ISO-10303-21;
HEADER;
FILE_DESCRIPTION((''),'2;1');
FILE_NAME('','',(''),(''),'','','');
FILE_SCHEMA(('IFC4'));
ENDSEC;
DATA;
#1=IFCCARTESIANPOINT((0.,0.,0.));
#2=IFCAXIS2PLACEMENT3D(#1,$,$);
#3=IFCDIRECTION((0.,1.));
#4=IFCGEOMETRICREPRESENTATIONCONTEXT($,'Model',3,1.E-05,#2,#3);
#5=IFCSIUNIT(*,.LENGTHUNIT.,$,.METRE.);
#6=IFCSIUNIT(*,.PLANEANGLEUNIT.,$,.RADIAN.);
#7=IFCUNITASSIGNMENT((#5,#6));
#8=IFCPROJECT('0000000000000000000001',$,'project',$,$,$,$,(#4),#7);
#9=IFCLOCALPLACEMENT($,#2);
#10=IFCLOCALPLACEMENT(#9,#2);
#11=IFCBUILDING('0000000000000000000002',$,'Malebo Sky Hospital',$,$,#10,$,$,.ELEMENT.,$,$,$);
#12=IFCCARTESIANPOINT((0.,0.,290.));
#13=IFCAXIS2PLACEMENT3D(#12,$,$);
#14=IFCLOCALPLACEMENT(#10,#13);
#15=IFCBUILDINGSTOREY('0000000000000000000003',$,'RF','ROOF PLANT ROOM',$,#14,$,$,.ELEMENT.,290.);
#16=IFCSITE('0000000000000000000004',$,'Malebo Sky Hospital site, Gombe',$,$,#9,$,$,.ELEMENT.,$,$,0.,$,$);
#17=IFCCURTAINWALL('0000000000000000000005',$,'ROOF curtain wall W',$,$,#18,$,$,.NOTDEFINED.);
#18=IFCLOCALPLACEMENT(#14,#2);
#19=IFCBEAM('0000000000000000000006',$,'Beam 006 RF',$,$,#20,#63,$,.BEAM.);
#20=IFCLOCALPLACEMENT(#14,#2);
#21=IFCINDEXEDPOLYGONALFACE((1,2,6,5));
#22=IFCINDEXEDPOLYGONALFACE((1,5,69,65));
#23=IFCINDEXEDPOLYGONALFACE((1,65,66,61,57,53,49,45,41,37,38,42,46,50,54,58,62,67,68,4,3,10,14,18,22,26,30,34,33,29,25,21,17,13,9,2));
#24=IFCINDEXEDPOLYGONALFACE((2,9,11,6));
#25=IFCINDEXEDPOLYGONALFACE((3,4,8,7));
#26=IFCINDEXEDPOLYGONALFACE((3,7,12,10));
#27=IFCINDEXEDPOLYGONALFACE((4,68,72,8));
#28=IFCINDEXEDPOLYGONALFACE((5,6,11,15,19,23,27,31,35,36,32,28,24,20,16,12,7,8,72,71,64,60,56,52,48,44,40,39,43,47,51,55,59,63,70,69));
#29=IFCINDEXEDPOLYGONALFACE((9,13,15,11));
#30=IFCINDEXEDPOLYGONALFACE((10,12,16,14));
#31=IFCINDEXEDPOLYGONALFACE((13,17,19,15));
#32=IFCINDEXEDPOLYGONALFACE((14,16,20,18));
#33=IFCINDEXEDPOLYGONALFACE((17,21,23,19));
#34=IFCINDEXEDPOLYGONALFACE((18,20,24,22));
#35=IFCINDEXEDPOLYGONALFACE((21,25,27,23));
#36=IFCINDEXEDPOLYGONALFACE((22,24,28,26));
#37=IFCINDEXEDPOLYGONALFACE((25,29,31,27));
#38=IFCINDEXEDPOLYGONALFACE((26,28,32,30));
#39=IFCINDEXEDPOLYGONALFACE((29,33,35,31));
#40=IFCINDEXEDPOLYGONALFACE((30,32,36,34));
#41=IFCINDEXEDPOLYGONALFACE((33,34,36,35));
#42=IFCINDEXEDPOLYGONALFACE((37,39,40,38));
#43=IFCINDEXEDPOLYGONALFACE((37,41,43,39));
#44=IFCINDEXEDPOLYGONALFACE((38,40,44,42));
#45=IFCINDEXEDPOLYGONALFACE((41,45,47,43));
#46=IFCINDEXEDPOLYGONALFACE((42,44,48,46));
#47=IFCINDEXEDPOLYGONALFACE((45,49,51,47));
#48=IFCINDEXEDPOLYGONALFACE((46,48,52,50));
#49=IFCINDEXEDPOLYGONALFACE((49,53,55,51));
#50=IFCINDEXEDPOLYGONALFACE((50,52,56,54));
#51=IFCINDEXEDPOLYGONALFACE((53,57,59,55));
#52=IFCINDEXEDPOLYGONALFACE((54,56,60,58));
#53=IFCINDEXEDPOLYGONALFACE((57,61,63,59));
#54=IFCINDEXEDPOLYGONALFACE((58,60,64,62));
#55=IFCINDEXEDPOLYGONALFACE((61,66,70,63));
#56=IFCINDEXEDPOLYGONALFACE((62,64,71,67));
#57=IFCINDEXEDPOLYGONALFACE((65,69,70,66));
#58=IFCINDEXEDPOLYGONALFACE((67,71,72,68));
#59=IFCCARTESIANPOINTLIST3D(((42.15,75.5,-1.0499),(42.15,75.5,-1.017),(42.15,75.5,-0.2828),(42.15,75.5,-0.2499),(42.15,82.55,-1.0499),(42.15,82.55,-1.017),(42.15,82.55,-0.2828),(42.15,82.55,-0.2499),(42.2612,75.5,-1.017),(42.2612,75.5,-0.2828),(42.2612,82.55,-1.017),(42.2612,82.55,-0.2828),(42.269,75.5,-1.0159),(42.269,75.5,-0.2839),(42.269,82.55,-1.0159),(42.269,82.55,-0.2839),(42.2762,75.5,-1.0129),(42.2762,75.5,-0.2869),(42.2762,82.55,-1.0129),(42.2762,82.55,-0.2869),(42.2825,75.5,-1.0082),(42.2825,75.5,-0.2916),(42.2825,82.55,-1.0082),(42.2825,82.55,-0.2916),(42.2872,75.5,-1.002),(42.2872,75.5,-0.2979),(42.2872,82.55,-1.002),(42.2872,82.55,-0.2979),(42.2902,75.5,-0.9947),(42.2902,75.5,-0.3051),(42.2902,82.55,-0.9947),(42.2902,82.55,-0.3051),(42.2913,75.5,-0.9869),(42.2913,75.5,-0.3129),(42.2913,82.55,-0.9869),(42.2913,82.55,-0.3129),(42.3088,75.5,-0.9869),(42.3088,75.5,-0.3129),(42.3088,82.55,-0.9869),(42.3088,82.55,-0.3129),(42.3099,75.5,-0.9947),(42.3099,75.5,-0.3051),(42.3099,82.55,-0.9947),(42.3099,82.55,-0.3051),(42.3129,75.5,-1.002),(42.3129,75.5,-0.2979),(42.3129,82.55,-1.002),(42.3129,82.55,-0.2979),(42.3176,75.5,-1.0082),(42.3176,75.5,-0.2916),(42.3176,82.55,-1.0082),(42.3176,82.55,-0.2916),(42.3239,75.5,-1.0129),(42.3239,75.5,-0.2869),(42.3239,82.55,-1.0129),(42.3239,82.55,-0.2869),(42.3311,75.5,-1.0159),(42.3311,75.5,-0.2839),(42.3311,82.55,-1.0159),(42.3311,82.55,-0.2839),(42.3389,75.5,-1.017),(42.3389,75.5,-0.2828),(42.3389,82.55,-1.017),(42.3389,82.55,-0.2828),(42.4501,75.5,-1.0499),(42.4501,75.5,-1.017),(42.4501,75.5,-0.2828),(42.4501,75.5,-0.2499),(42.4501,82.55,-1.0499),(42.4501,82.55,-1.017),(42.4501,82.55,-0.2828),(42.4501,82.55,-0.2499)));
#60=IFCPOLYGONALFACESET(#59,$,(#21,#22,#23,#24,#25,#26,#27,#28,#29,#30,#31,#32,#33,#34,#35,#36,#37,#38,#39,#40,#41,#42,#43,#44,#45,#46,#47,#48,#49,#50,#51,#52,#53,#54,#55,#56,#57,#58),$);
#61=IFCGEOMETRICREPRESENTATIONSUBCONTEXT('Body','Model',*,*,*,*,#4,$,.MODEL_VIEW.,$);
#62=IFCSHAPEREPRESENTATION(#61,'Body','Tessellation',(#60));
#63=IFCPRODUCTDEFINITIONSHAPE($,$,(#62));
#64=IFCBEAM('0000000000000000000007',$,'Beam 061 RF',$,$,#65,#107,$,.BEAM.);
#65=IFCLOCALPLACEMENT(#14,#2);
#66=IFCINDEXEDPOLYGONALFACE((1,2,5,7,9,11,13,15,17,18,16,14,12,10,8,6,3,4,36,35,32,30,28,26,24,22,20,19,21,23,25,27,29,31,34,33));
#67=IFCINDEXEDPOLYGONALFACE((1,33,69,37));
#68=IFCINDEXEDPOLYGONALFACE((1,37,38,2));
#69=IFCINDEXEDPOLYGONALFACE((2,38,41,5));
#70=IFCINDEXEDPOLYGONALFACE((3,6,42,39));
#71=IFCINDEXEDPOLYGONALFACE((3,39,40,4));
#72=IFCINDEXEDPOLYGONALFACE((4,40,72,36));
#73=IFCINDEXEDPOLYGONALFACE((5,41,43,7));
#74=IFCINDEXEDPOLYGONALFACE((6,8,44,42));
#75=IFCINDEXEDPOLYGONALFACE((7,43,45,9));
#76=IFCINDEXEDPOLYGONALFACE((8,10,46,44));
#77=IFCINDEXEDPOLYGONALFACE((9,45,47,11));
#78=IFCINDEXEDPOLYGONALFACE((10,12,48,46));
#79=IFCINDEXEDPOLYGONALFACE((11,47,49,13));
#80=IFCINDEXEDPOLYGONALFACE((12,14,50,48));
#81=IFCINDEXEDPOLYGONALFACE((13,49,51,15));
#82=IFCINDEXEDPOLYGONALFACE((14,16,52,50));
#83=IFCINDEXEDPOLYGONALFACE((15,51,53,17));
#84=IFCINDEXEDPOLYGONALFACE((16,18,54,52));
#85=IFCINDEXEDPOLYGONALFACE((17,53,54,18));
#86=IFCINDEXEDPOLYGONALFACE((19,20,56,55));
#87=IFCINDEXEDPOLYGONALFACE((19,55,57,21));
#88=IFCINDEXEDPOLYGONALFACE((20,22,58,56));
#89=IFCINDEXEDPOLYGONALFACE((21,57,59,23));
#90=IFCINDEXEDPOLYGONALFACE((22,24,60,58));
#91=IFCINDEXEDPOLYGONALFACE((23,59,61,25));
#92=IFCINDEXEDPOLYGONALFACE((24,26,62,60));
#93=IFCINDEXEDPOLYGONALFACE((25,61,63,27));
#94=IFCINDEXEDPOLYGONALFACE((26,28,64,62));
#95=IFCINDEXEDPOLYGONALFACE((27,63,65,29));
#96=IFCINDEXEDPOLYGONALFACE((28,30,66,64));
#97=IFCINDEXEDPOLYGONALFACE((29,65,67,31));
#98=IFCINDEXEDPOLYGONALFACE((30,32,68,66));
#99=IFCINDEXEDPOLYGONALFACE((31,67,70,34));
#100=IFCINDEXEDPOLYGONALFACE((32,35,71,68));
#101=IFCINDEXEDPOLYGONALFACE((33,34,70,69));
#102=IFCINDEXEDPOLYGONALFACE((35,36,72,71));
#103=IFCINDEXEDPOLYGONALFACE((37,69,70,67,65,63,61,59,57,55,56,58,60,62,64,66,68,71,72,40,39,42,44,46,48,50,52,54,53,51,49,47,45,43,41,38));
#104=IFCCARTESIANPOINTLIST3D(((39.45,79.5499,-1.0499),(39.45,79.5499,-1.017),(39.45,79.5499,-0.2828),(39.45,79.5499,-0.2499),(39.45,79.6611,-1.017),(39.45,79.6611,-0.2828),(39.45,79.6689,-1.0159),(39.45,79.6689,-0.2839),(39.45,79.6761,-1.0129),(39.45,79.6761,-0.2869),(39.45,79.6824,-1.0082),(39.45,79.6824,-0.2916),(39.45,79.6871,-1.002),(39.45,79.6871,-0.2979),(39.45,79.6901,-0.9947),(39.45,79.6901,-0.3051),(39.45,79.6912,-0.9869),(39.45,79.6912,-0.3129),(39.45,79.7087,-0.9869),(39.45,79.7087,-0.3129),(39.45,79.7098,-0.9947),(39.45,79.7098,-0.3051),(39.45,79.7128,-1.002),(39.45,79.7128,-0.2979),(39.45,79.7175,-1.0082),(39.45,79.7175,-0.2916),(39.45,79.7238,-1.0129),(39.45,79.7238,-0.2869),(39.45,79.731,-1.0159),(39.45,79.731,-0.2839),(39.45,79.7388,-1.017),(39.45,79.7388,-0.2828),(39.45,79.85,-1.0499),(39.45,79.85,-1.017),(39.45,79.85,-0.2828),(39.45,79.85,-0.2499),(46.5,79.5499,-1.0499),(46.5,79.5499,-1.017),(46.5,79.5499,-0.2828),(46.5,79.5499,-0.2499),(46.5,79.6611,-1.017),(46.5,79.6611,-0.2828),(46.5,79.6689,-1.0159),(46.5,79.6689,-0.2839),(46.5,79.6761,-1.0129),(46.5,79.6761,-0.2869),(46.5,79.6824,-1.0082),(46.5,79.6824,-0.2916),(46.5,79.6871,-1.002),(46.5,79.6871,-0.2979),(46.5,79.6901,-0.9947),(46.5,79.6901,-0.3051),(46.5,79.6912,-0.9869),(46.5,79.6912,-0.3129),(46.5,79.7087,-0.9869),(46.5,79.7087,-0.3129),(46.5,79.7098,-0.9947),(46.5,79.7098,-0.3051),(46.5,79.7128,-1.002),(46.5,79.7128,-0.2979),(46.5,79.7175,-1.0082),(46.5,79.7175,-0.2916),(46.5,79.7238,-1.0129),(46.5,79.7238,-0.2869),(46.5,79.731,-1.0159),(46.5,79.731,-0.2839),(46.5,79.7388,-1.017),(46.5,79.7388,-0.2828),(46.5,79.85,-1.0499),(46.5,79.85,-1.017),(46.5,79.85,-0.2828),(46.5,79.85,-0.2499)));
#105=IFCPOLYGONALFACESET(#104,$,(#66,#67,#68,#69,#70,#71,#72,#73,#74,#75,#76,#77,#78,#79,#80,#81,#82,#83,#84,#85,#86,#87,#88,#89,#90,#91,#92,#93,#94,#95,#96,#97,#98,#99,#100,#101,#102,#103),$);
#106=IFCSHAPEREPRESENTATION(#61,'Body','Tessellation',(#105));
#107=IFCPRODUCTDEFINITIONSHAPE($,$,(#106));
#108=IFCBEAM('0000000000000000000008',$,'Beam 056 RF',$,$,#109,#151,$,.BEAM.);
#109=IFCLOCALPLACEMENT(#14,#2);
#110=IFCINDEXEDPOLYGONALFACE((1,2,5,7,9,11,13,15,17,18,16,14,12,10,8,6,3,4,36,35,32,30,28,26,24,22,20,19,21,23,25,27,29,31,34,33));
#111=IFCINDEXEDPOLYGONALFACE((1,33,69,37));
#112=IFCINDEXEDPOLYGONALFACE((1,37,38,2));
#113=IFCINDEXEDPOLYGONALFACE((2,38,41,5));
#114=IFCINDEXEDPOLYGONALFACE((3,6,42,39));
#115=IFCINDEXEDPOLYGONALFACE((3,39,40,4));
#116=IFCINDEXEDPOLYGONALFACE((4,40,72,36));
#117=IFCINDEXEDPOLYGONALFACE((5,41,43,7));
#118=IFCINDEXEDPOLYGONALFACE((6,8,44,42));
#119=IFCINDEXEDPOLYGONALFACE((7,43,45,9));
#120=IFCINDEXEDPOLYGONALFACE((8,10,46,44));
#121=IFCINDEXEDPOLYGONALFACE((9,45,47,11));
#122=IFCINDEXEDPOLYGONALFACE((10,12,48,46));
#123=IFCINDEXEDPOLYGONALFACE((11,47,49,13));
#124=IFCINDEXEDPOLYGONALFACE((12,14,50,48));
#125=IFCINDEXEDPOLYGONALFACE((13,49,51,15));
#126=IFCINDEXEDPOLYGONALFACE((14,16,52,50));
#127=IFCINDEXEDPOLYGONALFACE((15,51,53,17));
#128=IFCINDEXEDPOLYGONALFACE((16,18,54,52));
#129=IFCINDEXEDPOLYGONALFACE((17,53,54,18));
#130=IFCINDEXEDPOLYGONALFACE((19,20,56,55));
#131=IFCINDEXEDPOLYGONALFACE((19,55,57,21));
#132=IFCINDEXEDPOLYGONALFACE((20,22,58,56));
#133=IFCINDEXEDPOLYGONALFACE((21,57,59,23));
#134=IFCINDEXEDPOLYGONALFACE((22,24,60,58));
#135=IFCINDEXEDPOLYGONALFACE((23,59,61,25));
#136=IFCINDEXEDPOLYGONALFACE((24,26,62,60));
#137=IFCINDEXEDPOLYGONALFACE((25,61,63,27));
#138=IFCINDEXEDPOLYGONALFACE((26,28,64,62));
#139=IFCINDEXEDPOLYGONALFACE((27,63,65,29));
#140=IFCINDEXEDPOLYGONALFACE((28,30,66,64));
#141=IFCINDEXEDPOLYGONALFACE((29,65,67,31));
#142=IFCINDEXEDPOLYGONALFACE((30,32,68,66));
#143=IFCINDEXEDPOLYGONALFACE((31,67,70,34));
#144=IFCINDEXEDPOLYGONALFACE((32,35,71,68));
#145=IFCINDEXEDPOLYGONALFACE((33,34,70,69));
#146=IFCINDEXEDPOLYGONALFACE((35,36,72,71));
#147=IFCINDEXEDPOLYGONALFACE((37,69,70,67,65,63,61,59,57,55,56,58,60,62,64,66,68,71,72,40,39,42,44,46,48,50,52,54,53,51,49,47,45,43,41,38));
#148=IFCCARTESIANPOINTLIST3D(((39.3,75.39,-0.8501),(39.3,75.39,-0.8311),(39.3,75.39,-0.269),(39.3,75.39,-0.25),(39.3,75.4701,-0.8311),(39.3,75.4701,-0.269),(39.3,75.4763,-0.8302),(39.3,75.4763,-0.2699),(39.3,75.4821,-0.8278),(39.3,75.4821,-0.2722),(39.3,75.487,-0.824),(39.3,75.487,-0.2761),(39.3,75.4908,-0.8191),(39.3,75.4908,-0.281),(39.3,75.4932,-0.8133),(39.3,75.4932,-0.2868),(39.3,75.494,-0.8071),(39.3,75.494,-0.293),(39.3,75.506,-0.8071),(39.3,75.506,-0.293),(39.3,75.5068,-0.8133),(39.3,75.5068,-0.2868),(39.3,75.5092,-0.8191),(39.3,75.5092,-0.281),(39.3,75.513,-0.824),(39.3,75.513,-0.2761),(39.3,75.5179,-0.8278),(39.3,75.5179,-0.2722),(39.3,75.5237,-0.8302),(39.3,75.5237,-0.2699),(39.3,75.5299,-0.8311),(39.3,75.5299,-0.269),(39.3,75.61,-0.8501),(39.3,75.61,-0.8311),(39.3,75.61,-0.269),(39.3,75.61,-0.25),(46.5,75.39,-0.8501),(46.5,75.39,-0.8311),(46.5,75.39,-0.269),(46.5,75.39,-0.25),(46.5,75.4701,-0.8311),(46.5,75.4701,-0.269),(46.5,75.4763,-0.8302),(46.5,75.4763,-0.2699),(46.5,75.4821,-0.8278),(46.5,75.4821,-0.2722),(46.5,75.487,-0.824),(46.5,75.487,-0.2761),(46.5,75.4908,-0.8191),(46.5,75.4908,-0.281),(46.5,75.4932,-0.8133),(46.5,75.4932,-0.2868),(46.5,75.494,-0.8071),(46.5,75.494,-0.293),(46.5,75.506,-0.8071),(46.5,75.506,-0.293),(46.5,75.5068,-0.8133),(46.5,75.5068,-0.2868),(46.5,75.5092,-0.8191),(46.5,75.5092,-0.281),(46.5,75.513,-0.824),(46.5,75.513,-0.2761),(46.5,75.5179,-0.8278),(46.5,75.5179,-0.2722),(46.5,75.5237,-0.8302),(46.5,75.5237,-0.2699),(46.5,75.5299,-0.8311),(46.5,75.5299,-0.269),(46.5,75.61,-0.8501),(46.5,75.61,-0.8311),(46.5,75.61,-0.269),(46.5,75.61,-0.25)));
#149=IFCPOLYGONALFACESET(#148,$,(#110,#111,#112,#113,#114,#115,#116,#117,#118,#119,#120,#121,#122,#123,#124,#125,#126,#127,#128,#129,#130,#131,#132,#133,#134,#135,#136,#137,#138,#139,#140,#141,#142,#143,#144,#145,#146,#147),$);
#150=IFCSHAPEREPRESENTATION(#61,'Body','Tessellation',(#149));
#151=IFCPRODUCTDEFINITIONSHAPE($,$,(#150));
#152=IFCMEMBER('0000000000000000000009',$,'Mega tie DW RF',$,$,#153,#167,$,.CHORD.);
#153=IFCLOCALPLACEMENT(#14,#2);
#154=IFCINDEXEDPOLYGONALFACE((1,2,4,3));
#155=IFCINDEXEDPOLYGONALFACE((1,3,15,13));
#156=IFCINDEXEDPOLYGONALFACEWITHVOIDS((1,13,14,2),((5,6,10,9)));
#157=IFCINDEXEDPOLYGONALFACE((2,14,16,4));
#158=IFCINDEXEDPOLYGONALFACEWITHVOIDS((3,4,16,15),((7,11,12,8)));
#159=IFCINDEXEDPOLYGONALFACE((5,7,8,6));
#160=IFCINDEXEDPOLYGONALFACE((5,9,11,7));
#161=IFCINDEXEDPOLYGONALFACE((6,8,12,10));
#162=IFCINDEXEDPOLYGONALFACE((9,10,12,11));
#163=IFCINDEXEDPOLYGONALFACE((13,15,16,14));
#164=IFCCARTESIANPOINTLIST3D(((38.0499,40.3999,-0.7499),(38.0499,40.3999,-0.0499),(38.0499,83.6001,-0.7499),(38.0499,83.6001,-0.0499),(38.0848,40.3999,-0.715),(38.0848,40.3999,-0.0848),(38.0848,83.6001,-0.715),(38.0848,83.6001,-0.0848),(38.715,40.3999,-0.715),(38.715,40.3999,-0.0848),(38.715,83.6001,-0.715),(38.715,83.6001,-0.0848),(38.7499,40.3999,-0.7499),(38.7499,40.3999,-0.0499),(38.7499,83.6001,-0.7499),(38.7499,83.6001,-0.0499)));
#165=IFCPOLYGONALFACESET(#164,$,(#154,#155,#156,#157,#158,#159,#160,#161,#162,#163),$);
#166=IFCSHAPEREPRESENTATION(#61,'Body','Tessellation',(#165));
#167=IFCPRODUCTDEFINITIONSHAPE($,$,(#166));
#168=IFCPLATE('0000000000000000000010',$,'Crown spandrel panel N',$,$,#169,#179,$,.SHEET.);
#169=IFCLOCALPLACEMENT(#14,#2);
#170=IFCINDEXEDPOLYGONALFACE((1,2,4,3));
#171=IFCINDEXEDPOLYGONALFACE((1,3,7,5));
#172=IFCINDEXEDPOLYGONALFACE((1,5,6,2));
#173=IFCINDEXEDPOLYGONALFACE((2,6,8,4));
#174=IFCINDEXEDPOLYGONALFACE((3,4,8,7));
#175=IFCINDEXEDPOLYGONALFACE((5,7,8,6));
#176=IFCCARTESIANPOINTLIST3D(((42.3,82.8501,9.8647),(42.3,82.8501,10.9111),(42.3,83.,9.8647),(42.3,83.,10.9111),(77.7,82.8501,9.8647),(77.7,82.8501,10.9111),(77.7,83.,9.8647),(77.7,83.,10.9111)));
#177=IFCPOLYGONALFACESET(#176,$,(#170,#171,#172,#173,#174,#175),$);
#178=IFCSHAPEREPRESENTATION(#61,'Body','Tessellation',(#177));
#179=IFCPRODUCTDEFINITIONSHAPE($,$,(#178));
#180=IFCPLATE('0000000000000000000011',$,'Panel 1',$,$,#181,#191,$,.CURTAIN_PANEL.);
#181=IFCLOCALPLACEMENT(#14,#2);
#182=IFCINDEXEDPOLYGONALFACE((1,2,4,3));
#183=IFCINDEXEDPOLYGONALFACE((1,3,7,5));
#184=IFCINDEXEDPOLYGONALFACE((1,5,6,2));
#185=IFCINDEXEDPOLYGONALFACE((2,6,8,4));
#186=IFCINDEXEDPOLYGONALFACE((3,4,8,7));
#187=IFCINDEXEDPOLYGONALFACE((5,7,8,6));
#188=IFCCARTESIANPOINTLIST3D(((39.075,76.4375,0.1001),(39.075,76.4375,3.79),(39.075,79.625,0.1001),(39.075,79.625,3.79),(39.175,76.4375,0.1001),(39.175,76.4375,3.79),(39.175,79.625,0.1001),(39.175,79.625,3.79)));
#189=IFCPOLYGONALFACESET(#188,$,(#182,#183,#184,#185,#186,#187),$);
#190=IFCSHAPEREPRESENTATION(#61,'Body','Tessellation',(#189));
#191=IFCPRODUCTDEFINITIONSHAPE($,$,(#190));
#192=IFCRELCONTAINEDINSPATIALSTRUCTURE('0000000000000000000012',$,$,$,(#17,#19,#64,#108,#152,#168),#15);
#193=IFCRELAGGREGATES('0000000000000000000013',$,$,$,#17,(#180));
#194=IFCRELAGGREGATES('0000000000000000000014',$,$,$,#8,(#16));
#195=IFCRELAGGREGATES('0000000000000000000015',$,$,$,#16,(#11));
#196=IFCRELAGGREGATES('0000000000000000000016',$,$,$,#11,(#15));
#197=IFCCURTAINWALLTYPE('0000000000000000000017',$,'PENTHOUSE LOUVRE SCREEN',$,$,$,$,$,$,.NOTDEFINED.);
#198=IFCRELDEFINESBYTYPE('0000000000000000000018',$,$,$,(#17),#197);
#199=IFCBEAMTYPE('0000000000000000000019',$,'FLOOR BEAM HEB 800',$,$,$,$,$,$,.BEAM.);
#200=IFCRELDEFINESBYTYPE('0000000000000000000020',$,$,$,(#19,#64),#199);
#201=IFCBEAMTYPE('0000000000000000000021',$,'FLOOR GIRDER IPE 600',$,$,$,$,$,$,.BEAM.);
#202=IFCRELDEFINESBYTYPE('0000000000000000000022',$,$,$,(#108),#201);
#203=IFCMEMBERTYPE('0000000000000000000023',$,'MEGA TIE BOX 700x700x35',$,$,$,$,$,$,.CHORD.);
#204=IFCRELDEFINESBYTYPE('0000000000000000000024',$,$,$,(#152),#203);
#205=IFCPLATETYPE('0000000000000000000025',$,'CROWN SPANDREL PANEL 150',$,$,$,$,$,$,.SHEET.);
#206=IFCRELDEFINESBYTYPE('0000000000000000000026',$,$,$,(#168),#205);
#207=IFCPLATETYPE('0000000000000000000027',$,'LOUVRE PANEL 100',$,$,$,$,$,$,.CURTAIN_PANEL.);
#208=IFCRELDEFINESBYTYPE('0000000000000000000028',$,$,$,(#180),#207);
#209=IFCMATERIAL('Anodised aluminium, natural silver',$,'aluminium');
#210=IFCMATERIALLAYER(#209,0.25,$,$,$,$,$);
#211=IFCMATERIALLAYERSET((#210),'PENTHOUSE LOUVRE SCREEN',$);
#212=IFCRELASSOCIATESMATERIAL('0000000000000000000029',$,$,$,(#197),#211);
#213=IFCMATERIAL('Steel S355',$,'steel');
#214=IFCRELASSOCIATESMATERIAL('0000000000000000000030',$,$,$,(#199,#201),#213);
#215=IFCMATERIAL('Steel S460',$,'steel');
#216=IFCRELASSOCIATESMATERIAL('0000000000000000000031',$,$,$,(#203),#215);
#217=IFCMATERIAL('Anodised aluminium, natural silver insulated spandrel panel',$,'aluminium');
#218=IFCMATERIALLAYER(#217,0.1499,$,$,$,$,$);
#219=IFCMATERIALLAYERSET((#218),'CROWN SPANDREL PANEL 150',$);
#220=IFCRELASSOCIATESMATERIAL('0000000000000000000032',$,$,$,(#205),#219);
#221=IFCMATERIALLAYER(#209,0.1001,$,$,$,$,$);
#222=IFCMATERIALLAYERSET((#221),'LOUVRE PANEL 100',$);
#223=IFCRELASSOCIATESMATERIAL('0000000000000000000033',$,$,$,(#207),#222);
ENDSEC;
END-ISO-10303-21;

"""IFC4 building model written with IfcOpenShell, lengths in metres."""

from ifc_helpers import new_model, si_unit, direction, frame, origin, origin_2d, place, context, subcontext, project, spatial, polyline, rectangle, hollow_rectangle, i_section, outline, extrude, material, layer, layer_set, material_profile, profile_set, type_object, element, aggregate, save


model = new_model("IFC4")

# Units and contexts
model_context = context("Model", 3, precision=1e-05, world=origin(), true_north=direction((0.0, 1.0)))
body_context = subcontext(model_context, "Body", "Model", "MODEL_VIEW")
ifc_project = project(units=[si_unit("LENGTHUNIT", "METRE"), si_unit("PLANEANGLEUNIT", "RADIAN")], contexts=[model_context])

# Site, building, storey
site_placement = place(None, origin())
site = spatial("IfcSite", under=ifc_project, at=site_placement, Name="Malebo Sky Hospital site, Gombe", CompositionType="ELEMENT", RefElevation=0.0)
building_placement = place(site_placement, origin())
building = spatial("IfcBuilding", under=site, at=building_placement, Name="Malebo Sky Hospital", CompositionType="ELEMENT")
storey_placement = place(building_placement, frame((0.0, 0.0, 290.0)))
storey = spatial("IfcBuildingStorey", under=building, at=storey_placement, Name="RF", Description="ROOF PLANT ROOM", CompositionType="ELEMENT", Elevation=290.0)

# Shared definitions
ifc_material_1 = material(Name="Steel S355", Category="steel")

# Curtain wall
ifc_material_2 = material(Name="Anodised aluminium, natural silver", Category="aluminium")
ifc_layer_1 = layer(ifc_material_2, 0.25)
ifc_layer_set_1 = layer_set([ifc_layer_1], Name="PENTHOUSE LOUVRE SCREEN")
curtain_wall_type = type_object("IfcCurtainWallType", Name="PENTHOUSE LOUVRE SCREEN", PredefinedType="NOTDEFINED", material=ifc_layer_set_1)
curtain_wall_1_placement = place(storey_placement, origin())
curtain_wall_1 = element("IfcCurtainWall", 1, at=curtain_wall_1_placement, inside=storey, type_object=curtain_wall_type, Name="ROOF curtain wall W", PredefinedType="NOTDEFINED")

# Beams
ifc_material_profile_1 = material_profile(ifc_material_1, i_section(OverallWidth=0.3, OverallDepth=0.8, WebThickness=0.0176, FlangeThickness=0.033, FilletRadius=0.03, at=origin_2d()), Name="HEB 800")
ifc_profile_set_1 = profile_set([ifc_material_profile_1], Name="Steel S355")
beam_type_1 = type_object("IfcBeamType", Name="FLOOR BEAM HEB 800", PredefinedType="BEAM", material=ifc_profile_set_1)
for number, where, z_axis, x_axis, name in (
    (2, (42.3, 75.5, -0.6499), (0.0, 1.0, 0.0), (-1.0, 0.0, 0.0), "Beam 006 RF"),
    (3, (39.45, 79.7, -0.6499), (1.0, 0.0, 0.0), (0.0, 1.0, 0.0), "Beam 061 RF"),
):
    element("IfcBeam", number, at=place(storey_placement, frame(where, z_axis=z_axis, x_axis=x_axis)), inside=storey, type_object=beam_type_1, Name=name, PredefinedType="BEAM", context=body_context, shape_type="SweptSolid", body=[
        extrude(i_section(OverallWidth=0.3, OverallDepth=0.8, WebThickness=0.0176, FlangeThickness=0.033, FilletRadius=0.03, at=origin_2d()), origin(), (0.0, 0.0, 1.0), 7.05),
    ])
ifc_material_profile_2 = material_profile(ifc_material_1, i_section(OverallWidth=0.22, OverallDepth=0.6001, WebThickness=0.012, FlangeThickness=0.019, FilletRadius=0.0239, at=origin_2d()), Name="IPE 600")
ifc_profile_set_2 = profile_set([ifc_material_profile_2], Name="Steel S355")
beam_type_2 = type_object("IfcBeamType", Name="FLOOR GIRDER IPE 600", PredefinedType="BEAM", material=ifc_profile_set_2)
beam_1_placement = place(storey_placement, frame((39.3, 75.5, -0.55), z_axis=(1.0, 0.0, 0.0), x_axis=(0.0, 1.0, 0.0)))
element("IfcBeam", 4, at=beam_1_placement, inside=storey, type_object=beam_type_2, Name="Beam 056 RF", PredefinedType="BEAM", context=body_context, shape_type="SweptSolid", body=[
    extrude(i_section(OverallWidth=0.22, OverallDepth=0.6001, WebThickness=0.012, FlangeThickness=0.019, FilletRadius=0.0239, at=origin_2d()), origin(), (0.0, 0.0, 1.0), 7.2),
])

# Member
ifc_material_3 = material(Name="Steel S460", Category="steel")
ifc_material_profile_3 = material_profile(ifc_material_3, hollow_rectangle(XDim=0.7, YDim=0.7, WallThickness=0.0349, at=origin_2d()), Name="BOX 700x700x35")
ifc_profile_set_3 = profile_set([ifc_material_profile_3], Name="Steel S460")
member_type_1 = type_object("IfcMemberType", Name="MEGA TIE BOX 700x700x35", PredefinedType="CHORD", material=ifc_profile_set_3)
member_1_placement = place(storey_placement, frame((38.3999, 83.6001, -0.3999), z_axis=(0.0, -1.0, 0.0), x_axis=(1.0, 0.0, 0.0)))
element("IfcMember", 5, at=member_1_placement, inside=storey, type_object=member_type_1, Name="Mega tie DW RF", PredefinedType="CHORD", context=body_context, shape_type="SweptSolid", body=[
    extrude(hollow_rectangle(XDim=0.7, YDim=0.7, WallThickness=0.0349, at=origin_2d()), origin(), (0.0, 0.0, 1.0), 43.2002),
])

# Plates
ifc_material_4 = material(Name="Anodised aluminium, natural silver insulated spandrel panel", Category="aluminium")
ifc_layer_2 = layer(ifc_material_4, 0.1499)
ifc_layer_set_2 = layer_set([ifc_layer_2], Name="CROWN SPANDREL PANEL 150")
plate_type_1 = type_object("IfcPlateType", Name="CROWN SPANDREL PANEL 150", PredefinedType="SHEET", material=ifc_layer_set_2)
plate_1_placement = place(storey_placement, frame((42.3, 83.0, 10.9111), z_axis=(0.0, 1.0, 0.0), x_axis=(1.0, 0.0, 0.0)))
element("IfcPlate", 6, at=plate_1_placement, inside=storey, type_object=plate_type_1, Name="Crown spandrel panel N", PredefinedType="SHEET", context=body_context, shape_type="SweptSolid", body=[
    extrude(outline(polyline([(0.0, 0.0), (35.3999, 0.0), (35.3999, 1.0464), (0.0, 1.0464), (0.0, 0.0)])), origin(), (0.0, 0.0, -1.0), 0.1499),
])
ifc_layer_3 = layer(ifc_material_2, 0.1001)
ifc_layer_set_3 = layer_set([ifc_layer_3], Name="LOUVRE PANEL 100")
plate_type_2 = type_object("IfcPlateType", Name="LOUVRE PANEL 100", PredefinedType="CURTAIN_PANEL", material=ifc_layer_set_3)
plate_2_placement = place(storey_placement, frame((39.125, 78.0312, 0.1001), z_axis=(0.0, 0.0, 1.0), x_axis=(0.0, -1.0, 0.0)))
plate_2 = element("IfcPlate", 7, at=plate_2_placement, type_object=plate_type_2, Name="Panel 1", PredefinedType="CURTAIN_PANEL", context=body_context, shape_type="SweptSolid", body=[
    extrude(rectangle(XDim=3.1875, YDim=0.1001, at=origin_2d()), origin(), (0.0, 0.0, 1.0), 3.6899),
])
aggregate(curtain_wall_1, [plate_2])

save(model, "model.ifc")
